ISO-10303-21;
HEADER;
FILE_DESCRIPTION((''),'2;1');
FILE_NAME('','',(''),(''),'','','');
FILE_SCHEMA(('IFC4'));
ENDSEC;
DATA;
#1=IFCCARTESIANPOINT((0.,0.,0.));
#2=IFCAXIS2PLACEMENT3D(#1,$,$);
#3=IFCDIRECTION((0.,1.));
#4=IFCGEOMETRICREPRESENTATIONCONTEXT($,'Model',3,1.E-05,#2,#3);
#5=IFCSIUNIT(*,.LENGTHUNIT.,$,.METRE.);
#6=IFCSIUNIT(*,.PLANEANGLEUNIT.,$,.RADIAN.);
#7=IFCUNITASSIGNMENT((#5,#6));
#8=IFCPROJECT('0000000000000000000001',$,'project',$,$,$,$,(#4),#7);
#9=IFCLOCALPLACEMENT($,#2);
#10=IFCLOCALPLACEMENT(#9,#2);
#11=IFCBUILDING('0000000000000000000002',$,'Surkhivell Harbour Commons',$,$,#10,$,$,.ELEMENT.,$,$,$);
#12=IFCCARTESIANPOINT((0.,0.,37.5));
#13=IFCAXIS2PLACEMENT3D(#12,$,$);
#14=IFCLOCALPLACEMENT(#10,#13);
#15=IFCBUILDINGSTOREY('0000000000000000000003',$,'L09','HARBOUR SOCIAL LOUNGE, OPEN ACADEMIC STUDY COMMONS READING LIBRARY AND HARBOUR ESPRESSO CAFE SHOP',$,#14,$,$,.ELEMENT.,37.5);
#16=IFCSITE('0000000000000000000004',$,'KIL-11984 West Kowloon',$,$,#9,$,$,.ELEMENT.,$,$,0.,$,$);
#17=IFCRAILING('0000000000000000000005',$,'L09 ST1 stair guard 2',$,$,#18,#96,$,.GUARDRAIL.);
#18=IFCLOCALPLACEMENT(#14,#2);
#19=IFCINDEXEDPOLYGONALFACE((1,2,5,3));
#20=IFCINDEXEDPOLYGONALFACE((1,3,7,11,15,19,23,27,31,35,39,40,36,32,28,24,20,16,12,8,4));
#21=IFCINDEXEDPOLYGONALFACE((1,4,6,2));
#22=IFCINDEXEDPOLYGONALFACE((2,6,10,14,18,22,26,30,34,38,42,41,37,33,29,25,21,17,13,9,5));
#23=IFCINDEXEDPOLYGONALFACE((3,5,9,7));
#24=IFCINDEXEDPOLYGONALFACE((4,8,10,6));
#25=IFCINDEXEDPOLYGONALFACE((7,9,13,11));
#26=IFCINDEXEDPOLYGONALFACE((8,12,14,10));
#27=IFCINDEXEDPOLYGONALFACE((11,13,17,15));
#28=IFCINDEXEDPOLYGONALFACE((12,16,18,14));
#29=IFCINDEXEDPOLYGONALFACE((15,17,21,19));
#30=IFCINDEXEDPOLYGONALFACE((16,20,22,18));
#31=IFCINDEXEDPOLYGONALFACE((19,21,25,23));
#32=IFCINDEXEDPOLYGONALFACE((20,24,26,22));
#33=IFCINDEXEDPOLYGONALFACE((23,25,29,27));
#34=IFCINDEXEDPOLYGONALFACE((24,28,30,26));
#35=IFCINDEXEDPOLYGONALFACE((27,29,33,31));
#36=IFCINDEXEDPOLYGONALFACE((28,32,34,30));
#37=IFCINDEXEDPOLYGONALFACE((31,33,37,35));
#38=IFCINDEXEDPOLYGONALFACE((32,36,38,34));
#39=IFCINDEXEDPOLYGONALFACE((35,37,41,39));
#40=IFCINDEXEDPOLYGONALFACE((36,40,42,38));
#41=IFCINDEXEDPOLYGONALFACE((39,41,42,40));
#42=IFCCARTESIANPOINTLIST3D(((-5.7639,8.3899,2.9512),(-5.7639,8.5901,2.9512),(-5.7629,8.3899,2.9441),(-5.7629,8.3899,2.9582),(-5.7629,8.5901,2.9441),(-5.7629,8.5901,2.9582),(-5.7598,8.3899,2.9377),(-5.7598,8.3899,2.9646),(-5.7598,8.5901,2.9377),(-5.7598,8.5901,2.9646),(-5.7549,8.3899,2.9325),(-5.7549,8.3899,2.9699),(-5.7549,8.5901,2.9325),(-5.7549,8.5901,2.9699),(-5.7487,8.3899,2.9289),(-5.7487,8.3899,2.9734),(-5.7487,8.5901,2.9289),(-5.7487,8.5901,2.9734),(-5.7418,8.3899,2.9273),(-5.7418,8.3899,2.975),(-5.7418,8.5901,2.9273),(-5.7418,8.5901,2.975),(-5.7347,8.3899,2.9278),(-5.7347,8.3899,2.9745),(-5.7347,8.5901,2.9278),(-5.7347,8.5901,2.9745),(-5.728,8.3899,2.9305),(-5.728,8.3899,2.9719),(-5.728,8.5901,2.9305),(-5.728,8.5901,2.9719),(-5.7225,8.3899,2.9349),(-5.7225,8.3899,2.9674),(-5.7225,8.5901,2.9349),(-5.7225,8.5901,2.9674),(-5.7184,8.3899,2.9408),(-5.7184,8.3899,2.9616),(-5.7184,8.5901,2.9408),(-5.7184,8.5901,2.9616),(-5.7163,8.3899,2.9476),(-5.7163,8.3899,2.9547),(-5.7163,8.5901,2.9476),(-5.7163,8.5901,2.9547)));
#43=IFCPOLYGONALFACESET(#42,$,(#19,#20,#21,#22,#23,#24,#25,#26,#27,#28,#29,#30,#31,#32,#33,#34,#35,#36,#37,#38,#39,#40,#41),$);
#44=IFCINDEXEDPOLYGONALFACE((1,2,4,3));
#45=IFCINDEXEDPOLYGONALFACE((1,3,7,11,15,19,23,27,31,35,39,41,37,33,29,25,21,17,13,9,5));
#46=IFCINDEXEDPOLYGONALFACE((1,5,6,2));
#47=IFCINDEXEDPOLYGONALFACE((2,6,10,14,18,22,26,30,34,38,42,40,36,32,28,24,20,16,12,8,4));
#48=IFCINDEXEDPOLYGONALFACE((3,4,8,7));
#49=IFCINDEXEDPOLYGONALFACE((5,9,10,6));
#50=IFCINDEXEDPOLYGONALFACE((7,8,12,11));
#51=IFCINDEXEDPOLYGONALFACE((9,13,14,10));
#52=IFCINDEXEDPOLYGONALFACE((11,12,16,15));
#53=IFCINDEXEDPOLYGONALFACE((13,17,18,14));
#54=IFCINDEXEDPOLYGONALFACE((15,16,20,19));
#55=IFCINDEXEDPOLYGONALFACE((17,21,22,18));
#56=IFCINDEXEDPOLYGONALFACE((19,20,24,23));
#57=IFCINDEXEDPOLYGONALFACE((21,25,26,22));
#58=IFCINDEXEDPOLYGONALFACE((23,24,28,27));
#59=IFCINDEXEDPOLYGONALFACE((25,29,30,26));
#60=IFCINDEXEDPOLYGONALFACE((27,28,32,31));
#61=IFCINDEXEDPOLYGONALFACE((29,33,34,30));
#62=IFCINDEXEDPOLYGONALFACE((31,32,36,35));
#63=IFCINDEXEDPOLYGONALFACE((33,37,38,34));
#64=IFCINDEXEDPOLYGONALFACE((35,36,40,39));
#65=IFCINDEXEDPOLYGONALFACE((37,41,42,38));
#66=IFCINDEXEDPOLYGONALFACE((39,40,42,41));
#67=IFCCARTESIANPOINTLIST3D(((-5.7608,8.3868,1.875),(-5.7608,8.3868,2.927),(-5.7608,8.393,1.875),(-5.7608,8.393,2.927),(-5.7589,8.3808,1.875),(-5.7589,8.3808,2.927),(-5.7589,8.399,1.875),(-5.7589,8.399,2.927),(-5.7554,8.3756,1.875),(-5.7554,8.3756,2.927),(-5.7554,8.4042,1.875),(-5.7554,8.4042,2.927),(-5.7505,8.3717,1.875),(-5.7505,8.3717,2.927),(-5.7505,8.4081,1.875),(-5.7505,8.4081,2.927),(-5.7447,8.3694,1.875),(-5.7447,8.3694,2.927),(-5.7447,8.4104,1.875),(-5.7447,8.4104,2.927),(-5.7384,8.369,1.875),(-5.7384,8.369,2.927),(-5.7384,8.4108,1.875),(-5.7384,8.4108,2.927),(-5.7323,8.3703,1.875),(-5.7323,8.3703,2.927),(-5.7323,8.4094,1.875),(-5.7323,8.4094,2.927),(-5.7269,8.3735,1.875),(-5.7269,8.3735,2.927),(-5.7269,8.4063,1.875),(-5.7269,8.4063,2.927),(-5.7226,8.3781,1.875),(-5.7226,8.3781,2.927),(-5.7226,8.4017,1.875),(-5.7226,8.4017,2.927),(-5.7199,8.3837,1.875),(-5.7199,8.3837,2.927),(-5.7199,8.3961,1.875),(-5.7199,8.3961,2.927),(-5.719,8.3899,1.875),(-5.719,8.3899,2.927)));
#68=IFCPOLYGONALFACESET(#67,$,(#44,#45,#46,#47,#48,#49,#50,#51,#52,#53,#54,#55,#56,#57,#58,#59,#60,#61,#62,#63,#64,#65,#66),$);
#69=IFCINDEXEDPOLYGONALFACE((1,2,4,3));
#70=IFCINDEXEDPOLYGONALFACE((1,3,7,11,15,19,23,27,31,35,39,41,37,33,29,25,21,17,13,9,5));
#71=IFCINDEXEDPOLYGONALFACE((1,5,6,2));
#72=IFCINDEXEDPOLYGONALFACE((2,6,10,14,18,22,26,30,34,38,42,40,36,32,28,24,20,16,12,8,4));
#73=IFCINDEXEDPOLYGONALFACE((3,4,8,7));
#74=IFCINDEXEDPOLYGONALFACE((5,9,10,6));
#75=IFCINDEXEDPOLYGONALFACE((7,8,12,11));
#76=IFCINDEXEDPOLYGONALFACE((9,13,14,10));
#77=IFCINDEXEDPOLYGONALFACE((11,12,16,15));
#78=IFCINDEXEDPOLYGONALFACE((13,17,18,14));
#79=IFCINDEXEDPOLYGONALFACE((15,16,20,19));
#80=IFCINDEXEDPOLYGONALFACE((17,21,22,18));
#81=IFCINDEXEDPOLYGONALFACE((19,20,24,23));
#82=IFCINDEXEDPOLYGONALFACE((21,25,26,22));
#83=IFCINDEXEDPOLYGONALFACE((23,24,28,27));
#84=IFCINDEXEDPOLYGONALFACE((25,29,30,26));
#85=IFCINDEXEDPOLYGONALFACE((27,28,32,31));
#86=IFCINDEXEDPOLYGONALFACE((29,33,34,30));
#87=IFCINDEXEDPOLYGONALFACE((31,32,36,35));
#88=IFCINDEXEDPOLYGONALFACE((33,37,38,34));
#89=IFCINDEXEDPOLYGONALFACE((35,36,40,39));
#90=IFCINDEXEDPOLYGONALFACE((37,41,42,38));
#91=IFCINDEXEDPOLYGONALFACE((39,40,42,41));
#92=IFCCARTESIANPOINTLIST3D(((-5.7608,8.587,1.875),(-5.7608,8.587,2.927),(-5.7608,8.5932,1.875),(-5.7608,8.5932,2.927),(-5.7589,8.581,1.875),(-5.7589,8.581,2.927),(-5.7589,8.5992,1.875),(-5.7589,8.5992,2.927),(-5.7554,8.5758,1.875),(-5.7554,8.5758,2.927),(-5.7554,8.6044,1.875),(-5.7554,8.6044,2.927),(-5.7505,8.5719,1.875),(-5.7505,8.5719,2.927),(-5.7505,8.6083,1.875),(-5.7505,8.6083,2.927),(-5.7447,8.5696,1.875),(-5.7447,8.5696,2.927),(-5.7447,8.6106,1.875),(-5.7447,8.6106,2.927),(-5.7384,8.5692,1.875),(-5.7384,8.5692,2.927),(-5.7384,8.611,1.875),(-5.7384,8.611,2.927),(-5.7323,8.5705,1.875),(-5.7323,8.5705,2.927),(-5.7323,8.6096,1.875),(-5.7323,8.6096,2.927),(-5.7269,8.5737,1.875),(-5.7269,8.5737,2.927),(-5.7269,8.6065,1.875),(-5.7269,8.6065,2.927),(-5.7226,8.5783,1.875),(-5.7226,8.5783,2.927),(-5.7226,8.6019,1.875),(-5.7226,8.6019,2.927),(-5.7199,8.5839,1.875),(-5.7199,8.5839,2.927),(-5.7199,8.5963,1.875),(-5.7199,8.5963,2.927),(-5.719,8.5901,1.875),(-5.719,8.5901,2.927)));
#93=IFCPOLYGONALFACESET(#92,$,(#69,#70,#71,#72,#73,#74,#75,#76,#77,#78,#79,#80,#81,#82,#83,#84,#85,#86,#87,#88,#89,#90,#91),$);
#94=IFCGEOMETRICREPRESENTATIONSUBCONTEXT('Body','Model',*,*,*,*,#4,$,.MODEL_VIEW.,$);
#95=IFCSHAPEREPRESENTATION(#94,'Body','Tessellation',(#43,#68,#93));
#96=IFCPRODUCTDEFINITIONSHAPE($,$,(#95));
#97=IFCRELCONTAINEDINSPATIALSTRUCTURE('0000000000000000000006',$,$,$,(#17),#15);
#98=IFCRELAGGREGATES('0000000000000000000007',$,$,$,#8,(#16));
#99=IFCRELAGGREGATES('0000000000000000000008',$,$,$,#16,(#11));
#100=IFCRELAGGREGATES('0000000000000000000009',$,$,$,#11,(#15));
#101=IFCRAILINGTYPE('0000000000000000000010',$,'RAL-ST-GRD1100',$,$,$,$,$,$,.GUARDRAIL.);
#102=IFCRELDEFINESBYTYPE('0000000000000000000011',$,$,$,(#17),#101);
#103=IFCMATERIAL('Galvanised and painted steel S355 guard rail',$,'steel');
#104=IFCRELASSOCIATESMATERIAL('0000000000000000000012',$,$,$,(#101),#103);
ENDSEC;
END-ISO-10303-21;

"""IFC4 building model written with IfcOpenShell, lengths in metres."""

from ifc_helpers import new_model, si_unit, direction, frame, origin, origin_2d, place, context, subcontext, project, spatial, circle, extrude, material, type_object, element, save


model = new_model("IFC4")

# Units and contexts
model_context = context("Model", 3, precision=1e-05, world=origin(), true_north=direction((0.0, 1.0)))
body_context = subcontext(model_context, "Body", "Model", "MODEL_VIEW")
ifc_project = project(units=[si_unit("LENGTHUNIT", "METRE"), si_unit("PLANEANGLEUNIT", "RADIAN")], contexts=[model_context])

# Site, building, storey
site_placement = place(None, origin())
site = spatial("IfcSite", under=ifc_project, at=site_placement, Name="KIL-11984 West Kowloon", CompositionType="ELEMENT", RefElevation=0.0)
building_placement = place(site_placement, origin())
building = spatial("IfcBuilding", under=site, at=building_placement, Name="Surkhivell Harbour Commons", CompositionType="ELEMENT")
storey_placement = place(building_placement, frame((0.0, 0.0, 37.5)))
storey = spatial("IfcBuildingStorey", under=building, at=storey_placement, Name="L09", Description="HARBOUR SOCIAL LOUNGE, OPEN ACADEMIC STUDY COMMONS READING LIBRARY AND HARBOUR ESPRESSO CAFE SHOP", CompositionType="ELEMENT", Elevation=37.5)

# Railing
ifc_material_1 = material(Name="Galvanised and painted steel S355 guard rail", Category="steel")
railing_type_1 = type_object("IfcRailingType", Name="RAL-ST-GRD1100", PredefinedType="GUARDRAIL", material=ifc_material_1)
railing_1_placement = place(storey_placement, frame((-5.74, 8.3899, 1.875)))
element("IfcRailing", 1, at=railing_1_placement, inside=storey, type_object=railing_type_1, Name="L09 ST1 stair guard 2", PredefinedType="GUARDRAIL", context=body_context, shape_type="SweptSolid", body=[
    extrude(circle(Radius=0.0239, at=origin_2d()), frame((0.0, 0.0, 1.0762), z_axis=(0.0, 1.0, 0.0), x_axis=(-1.0, 0.0, 0.0)), (0.0, 0.0, 1.0), 0.2002),
    extrude(circle(Radius=0.021, at=origin_2d()), origin(), (0.0, 0.0, 1.0), 1.052),
    extrude(circle(Radius=0.021, at=origin_2d()), frame((0.0, 0.2002, 0.0)), (0.0, 0.0, 1.0), 1.052),
])

save(model, "model.ifc")
